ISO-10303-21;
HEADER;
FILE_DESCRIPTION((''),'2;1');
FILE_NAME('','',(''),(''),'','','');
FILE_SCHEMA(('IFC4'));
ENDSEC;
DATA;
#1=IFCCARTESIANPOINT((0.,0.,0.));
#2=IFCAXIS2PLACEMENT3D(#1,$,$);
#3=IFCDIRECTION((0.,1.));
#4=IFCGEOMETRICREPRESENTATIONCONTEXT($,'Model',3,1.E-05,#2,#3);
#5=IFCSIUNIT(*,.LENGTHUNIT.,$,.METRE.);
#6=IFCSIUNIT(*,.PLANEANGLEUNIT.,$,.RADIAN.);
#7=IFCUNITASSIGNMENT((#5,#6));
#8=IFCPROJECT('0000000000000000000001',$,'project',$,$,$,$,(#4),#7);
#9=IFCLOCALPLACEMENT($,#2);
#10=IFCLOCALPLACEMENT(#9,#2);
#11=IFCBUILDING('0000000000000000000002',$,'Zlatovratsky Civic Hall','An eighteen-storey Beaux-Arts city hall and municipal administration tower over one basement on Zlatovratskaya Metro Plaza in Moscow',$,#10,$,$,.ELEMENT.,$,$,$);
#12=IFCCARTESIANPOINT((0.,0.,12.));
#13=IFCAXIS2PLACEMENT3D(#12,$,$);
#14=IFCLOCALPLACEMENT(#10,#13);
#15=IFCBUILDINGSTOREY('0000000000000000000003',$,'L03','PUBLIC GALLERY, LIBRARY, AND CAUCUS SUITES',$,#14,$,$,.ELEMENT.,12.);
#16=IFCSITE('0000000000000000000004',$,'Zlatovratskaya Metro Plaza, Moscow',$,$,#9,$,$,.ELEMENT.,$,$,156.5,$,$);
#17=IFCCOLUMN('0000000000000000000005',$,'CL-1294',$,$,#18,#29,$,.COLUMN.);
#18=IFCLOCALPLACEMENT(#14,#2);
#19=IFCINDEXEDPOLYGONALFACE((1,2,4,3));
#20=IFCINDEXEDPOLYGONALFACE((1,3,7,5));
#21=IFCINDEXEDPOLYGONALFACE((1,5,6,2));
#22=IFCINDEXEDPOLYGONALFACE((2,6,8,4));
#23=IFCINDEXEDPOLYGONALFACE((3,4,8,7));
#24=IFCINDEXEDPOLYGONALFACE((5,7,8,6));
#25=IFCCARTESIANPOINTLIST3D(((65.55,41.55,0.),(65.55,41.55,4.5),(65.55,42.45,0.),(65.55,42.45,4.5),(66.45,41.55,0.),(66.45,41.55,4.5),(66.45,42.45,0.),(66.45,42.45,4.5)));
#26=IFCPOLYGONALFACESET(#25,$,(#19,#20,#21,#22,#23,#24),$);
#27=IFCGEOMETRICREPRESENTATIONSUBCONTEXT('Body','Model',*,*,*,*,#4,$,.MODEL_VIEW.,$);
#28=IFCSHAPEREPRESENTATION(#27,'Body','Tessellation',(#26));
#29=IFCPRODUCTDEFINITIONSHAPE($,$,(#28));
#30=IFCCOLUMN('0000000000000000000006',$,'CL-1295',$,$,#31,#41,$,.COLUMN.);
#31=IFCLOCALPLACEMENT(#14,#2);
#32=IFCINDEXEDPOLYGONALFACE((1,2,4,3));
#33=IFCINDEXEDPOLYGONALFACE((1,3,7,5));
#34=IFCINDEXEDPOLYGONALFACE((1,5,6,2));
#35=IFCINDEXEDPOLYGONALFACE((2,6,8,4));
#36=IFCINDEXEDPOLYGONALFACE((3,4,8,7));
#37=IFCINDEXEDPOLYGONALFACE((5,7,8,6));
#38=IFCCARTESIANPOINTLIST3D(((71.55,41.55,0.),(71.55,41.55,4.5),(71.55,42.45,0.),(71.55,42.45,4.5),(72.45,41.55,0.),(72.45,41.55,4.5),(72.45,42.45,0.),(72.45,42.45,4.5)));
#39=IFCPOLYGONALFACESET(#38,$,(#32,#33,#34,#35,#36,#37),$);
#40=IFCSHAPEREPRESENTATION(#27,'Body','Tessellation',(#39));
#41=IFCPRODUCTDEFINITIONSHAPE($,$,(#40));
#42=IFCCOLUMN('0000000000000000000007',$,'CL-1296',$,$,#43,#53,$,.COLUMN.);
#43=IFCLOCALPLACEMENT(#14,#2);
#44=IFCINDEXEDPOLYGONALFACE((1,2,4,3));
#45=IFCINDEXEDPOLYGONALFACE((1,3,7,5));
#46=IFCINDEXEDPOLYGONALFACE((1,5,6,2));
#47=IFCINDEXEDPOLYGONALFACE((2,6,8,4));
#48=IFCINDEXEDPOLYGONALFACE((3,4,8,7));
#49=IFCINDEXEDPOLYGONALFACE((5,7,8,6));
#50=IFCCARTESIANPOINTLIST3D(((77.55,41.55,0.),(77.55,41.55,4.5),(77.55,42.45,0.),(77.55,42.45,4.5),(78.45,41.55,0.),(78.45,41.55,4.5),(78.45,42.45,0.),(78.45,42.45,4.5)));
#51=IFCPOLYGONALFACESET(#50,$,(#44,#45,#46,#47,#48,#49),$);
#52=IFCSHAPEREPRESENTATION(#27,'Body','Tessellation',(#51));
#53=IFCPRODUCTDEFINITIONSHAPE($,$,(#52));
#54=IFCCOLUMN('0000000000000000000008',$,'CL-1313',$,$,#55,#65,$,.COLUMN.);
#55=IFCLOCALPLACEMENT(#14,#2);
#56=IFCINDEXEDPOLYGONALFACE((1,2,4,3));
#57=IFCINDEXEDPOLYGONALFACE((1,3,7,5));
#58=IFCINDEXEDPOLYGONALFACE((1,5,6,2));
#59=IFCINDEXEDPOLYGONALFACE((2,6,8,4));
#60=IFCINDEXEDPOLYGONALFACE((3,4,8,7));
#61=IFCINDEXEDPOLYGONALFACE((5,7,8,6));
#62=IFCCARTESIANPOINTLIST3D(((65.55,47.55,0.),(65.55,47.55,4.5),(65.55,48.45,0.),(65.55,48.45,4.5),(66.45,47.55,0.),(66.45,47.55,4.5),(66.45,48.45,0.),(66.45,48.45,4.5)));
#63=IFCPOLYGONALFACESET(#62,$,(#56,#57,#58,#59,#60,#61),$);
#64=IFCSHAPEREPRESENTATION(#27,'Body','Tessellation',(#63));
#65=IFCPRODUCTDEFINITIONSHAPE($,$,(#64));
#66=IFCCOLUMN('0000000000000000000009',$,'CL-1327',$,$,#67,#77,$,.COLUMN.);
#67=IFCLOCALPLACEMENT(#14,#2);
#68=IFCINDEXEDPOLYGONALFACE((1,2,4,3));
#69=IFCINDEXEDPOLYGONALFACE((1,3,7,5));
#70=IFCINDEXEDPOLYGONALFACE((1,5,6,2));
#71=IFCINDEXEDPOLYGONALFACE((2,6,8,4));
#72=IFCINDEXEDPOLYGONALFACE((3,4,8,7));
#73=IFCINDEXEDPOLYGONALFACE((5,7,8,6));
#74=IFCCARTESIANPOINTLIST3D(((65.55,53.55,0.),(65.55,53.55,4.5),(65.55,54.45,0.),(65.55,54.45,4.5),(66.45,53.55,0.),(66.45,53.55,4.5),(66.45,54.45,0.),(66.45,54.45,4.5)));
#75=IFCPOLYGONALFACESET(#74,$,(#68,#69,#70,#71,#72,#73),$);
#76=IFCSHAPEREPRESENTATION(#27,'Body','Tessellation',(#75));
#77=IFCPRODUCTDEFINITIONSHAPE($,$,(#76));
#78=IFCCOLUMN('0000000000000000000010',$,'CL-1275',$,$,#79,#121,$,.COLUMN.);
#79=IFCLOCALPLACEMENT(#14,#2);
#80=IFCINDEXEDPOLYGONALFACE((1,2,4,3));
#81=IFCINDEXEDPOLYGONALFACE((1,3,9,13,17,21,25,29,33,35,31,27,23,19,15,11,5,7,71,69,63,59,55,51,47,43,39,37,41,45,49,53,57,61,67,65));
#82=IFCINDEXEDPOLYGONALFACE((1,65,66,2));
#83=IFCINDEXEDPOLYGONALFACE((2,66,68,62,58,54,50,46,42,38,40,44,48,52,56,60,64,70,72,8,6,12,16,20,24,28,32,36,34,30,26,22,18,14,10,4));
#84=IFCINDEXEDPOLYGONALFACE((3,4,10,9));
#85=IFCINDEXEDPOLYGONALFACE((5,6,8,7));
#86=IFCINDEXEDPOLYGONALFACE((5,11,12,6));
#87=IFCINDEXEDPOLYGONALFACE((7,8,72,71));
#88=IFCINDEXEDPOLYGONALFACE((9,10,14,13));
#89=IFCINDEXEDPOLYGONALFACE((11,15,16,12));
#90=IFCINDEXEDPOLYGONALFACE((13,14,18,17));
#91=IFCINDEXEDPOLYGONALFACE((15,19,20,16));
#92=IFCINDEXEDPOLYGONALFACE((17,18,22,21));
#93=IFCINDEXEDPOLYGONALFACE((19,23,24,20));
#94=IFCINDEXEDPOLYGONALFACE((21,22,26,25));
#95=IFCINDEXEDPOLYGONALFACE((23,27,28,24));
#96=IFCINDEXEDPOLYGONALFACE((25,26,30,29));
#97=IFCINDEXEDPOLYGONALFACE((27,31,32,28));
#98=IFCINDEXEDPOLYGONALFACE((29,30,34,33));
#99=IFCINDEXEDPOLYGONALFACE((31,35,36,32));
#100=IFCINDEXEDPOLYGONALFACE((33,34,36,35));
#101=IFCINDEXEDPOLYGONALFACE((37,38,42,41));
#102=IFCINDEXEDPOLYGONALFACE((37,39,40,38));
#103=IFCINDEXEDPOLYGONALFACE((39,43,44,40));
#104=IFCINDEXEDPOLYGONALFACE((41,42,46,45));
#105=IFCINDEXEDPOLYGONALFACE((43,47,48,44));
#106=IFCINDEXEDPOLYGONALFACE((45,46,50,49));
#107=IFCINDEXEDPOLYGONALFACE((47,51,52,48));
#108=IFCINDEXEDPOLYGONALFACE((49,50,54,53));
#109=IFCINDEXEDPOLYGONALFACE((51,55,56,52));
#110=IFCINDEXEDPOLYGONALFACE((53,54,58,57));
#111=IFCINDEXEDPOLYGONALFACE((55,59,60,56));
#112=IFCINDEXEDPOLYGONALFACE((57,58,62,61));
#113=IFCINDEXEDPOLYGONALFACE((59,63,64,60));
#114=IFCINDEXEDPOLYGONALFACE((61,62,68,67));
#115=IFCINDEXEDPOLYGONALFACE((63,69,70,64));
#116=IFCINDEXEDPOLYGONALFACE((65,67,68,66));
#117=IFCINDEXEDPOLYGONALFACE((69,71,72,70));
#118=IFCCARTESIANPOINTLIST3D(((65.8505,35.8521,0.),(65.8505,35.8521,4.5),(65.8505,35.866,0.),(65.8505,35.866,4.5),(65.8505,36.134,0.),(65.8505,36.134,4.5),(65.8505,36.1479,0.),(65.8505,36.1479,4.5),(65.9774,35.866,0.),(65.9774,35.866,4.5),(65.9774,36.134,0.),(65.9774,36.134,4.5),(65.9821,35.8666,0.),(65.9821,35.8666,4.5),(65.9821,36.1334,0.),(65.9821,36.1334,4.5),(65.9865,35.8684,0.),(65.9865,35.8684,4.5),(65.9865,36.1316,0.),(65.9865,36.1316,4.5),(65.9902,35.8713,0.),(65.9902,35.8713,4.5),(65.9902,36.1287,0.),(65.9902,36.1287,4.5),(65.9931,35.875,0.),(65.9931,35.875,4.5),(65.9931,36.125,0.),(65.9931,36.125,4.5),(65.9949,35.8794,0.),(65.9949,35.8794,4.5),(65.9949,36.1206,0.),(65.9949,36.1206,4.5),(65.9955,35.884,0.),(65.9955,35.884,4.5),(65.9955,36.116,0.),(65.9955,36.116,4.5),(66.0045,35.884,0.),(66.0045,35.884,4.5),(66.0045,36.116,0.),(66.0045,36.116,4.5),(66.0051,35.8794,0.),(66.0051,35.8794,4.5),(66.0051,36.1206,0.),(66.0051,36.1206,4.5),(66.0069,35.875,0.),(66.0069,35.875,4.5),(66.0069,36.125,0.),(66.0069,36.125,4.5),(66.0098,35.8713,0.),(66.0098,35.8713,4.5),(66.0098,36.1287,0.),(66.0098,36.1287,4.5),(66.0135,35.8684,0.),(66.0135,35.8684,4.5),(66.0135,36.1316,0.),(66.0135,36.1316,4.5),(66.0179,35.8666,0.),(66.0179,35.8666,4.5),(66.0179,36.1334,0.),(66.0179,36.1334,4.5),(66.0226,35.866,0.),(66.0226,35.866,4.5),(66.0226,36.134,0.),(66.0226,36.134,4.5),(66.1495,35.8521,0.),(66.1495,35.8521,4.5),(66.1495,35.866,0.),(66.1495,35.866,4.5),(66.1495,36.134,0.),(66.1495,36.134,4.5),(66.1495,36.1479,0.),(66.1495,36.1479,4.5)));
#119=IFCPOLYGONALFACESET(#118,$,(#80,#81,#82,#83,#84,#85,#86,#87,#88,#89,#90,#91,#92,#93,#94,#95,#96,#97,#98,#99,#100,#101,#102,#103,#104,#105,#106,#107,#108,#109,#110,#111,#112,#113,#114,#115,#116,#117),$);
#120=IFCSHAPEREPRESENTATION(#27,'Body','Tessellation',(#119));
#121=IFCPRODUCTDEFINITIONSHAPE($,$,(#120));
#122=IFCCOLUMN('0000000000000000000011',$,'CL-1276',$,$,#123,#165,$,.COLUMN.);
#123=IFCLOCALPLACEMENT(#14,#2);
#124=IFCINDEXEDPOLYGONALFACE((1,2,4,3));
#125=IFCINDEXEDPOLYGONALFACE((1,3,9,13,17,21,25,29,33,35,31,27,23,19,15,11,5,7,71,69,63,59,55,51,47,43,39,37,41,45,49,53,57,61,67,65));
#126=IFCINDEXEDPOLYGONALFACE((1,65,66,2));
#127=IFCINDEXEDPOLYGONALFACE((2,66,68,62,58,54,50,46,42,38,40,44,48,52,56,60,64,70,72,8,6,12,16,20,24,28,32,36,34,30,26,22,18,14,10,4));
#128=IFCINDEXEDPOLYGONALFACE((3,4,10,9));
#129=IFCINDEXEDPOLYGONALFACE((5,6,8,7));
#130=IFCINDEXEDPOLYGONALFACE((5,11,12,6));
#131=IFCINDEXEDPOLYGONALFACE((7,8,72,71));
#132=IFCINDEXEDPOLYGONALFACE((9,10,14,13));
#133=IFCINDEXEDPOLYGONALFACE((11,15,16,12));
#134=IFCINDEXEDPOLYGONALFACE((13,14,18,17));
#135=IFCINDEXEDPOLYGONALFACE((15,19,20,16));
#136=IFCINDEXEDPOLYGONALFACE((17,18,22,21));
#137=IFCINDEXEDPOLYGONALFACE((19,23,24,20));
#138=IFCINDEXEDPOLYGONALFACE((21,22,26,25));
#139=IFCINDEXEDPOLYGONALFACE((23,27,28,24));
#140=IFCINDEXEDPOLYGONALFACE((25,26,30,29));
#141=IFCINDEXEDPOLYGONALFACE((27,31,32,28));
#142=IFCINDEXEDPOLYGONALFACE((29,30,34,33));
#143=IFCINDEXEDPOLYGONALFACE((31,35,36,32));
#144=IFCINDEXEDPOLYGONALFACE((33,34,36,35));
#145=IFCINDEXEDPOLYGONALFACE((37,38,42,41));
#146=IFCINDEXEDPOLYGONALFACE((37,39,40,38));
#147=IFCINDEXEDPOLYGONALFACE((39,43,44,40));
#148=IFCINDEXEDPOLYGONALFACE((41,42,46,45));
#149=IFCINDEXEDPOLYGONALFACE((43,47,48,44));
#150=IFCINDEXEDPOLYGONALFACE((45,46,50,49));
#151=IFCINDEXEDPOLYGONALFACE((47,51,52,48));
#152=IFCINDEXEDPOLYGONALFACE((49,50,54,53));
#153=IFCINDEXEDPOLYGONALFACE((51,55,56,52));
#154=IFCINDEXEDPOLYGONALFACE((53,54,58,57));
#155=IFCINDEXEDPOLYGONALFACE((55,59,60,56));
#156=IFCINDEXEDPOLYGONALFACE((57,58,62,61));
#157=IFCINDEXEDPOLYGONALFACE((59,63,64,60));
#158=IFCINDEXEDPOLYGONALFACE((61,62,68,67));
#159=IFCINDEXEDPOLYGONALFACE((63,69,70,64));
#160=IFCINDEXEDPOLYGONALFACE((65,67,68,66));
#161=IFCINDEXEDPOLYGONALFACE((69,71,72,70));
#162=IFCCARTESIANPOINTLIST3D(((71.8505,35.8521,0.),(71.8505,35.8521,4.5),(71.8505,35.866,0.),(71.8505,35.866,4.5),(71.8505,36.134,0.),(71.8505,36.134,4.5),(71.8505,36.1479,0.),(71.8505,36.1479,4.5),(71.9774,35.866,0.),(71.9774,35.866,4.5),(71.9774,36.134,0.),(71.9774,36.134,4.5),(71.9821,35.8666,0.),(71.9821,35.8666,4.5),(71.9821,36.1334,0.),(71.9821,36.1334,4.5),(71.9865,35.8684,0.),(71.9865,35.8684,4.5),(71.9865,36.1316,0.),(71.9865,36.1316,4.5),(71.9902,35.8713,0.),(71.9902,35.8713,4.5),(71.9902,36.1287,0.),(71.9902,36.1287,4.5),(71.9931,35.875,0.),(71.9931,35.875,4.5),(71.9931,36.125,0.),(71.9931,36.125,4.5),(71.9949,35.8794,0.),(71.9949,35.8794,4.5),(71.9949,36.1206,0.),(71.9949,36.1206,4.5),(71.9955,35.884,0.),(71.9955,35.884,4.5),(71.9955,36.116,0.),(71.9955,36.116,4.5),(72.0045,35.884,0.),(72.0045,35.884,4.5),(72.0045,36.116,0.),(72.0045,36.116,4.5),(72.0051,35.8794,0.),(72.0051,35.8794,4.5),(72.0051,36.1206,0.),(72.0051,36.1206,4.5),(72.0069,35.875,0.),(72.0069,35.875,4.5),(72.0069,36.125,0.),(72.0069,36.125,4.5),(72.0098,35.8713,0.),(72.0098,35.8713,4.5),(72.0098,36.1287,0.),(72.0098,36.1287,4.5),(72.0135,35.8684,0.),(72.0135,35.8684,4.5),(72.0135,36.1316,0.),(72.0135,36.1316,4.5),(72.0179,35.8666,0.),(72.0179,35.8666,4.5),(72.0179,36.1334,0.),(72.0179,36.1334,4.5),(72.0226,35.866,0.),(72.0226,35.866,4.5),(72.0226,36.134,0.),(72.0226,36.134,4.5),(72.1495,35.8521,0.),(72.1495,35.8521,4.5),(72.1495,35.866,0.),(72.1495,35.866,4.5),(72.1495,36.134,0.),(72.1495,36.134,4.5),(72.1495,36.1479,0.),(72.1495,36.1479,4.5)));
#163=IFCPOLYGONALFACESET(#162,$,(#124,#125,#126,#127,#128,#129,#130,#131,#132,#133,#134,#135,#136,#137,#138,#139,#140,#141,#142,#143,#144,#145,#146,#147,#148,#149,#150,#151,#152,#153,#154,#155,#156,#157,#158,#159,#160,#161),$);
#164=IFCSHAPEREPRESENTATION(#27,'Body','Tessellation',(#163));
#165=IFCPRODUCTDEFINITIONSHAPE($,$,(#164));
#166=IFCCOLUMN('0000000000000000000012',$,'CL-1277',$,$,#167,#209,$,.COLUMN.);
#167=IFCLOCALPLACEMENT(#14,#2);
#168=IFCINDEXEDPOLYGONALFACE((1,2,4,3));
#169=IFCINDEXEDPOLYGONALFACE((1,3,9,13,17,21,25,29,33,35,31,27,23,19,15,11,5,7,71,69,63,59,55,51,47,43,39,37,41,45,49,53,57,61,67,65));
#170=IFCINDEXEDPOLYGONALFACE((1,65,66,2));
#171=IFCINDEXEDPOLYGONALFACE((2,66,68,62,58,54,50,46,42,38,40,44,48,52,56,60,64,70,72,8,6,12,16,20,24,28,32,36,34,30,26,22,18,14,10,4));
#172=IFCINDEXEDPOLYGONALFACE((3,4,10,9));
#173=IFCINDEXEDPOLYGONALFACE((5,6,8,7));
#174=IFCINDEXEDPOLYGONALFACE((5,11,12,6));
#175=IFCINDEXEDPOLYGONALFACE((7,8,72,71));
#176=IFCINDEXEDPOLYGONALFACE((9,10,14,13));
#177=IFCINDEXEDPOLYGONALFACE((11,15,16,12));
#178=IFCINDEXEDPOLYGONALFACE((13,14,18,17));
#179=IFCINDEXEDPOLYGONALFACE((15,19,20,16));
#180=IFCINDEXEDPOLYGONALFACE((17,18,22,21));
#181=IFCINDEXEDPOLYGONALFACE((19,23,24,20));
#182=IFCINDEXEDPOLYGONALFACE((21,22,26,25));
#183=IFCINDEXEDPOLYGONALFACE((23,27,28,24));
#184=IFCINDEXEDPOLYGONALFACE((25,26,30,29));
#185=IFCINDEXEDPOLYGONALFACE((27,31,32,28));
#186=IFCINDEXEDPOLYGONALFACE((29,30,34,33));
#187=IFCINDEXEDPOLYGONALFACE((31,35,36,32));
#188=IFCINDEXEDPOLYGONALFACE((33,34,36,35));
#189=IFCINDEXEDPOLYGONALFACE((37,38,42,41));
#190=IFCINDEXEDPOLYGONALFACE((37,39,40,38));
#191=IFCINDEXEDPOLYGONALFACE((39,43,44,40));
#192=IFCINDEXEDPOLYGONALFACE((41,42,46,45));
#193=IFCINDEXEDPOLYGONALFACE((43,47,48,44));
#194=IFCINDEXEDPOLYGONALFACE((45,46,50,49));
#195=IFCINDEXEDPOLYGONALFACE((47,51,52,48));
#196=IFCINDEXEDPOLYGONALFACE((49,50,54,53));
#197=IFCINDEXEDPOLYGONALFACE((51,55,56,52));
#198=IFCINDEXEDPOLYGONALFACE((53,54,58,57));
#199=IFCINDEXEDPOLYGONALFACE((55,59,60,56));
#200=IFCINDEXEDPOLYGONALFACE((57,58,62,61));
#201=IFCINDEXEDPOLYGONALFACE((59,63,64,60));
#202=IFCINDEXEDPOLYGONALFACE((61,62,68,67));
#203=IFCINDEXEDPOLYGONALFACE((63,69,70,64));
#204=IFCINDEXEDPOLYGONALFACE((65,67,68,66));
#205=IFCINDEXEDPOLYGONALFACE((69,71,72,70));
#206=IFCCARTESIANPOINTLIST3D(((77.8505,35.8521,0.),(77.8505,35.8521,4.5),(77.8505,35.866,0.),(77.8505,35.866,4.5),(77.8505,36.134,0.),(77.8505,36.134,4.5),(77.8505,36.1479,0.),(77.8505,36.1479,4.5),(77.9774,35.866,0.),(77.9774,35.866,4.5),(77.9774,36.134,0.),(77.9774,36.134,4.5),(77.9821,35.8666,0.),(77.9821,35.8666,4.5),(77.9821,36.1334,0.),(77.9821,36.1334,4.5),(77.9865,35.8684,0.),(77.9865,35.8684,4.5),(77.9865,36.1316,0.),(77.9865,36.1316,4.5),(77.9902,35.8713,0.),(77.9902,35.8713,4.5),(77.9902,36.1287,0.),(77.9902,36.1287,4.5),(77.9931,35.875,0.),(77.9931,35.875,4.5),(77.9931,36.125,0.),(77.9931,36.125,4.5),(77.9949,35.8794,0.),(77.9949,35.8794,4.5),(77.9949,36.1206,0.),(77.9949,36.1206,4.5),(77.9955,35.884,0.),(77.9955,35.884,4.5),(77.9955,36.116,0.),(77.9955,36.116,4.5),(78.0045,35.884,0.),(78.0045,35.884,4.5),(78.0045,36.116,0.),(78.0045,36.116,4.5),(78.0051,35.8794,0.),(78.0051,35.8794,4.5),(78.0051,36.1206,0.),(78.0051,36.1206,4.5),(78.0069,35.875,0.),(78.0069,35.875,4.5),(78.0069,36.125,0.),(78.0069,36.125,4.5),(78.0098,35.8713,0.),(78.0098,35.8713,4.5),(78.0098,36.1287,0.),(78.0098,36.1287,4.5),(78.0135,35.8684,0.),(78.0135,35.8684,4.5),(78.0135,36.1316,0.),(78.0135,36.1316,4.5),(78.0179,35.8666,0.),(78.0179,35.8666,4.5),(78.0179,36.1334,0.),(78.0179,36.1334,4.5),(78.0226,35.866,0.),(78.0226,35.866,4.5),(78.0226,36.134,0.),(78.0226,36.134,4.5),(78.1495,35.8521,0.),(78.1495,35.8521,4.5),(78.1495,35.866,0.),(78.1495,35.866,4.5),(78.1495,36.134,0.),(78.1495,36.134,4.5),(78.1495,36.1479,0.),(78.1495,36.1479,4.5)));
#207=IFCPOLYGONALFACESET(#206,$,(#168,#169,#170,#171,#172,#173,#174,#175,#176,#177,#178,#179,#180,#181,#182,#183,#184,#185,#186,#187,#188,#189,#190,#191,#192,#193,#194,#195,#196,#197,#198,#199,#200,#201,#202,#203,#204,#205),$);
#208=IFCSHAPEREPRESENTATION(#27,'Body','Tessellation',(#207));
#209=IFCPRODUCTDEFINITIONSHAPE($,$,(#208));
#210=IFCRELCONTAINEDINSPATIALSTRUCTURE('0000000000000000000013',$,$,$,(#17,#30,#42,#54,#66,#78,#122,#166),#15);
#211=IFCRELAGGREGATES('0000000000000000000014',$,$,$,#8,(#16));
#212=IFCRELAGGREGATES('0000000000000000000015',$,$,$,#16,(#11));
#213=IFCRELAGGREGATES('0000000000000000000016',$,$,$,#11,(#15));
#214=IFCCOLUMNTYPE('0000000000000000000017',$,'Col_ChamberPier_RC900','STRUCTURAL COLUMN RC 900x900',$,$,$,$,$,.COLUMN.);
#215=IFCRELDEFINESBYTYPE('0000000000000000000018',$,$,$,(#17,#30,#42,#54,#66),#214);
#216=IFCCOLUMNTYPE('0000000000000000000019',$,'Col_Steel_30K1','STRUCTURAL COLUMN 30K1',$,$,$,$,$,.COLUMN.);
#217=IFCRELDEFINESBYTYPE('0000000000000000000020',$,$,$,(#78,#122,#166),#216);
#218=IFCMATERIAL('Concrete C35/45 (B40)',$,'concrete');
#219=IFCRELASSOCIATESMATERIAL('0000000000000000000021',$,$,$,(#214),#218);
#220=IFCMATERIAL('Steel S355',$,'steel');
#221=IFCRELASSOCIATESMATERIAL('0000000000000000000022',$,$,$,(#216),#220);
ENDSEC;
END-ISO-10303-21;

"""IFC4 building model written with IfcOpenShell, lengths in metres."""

from ifc_helpers import new_model, si_unit, direction, frame, origin, origin_2d, place, context, subcontext, project, spatial, rectangle, i_section, extrude, material, material_profile, profile_set, type_object, element, save


model = new_model("IFC4")

# Units and contexts
model_context = context("Model", 3, precision=1e-05, world=origin(), true_north=direction((0.0, 1.0)))
body_context = subcontext(model_context, "Body", "Model", "MODEL_VIEW")
ifc_project = project(units=[si_unit("LENGTHUNIT", "METRE"), si_unit("PLANEANGLEUNIT", "RADIAN")], contexts=[model_context])

# Site, building, storey
site_placement = place(None, origin())
site = spatial("IfcSite", under=ifc_project, at=site_placement, Name="Zlatovratskaya Metro Plaza, Moscow", CompositionType="ELEMENT", RefElevation=156.5)
building_placement = place(site_placement, origin())
building = spatial("IfcBuilding", under=site, at=building_placement, Name="Zlatovratsky Civic Hall", Description="An eighteen-storey Beaux-Arts city hall and municipal administration tower over one basement on Zlatovratskaya Metro Plaza in Moscow", CompositionType="ELEMENT")
storey_placement = place(building_placement, frame((0.0, 0.0, 12.0)))
storey = spatial("IfcBuildingStorey", under=building, at=storey_placement, Name="L03", Description="PUBLIC GALLERY, LIBRARY, AND CAUCUS SUITES", CompositionType="ELEMENT", Elevation=12.0)

# Columns
ifc_material_1 = material(Name="Concrete C35/45 (B40)", Category="concrete")
ifc_material_profile_1 = material_profile(ifc_material_1, rectangle(XDim=0.8999, YDim=0.8999, at=origin_2d()), Name="RC 900x900")
ifc_profile_set_1 = profile_set([ifc_material_profile_1], Name="Concrete C35/45 (B40)")
column_type_1 = type_object("IfcColumnType", Name="Col_ChamberPier_RC900", Description="STRUCTURAL COLUMN RC 900x900", PredefinedType="COLUMN", material=ifc_profile_set_1)
for number, where, z_axis, x_axis, name in (
    (1, (66.0, 42.0, 0.0), (0.0, 0.0, 1.0), (1.0, 0.0, 0.0), "CL-1294"),
    (2, (72.0, 42.0, 0.0), (0.0, 0.0, 1.0), (1.0, 0.0, 0.0), "CL-1295"),
    (3, (78.0, 42.0, 0.0), (0.0, 0.0, 1.0), (1.0, 0.0, 0.0), "CL-1296"),
    (4, (66.0, 48.0, 0.0), (0.0, 0.0, 1.0), (1.0, 0.0, 0.0), "CL-1313"),
    (5, (66.0, 54.0, 0.0), (0.0, 0.0, 1.0), (1.0, 0.0, 0.0), "CL-1327"),
):
    element("IfcColumn", number, at=place(storey_placement, frame(where, z_axis=z_axis, x_axis=x_axis)), inside=storey, type_object=column_type_1, Name=name, PredefinedType="COLUMN", context=body_context, shape_type="SweptSolid", body=[
        extrude(rectangle(XDim=0.8999, YDim=0.8999, at=origin_2d()), origin(), (0.0, 0.0, 1.0), 4.5),
    ])
ifc_material_2 = material(Name="Steel S355", Category="steel")
ifc_material_profile_2 = material_profile(ifc_material_2, i_section(OverallWidth=0.2991, OverallDepth=0.2959, WebThickness=0.009, FlangeThickness=0.0139, FilletRadius=0.0181, at=origin_2d()), Name="30K1")
ifc_profile_set_2 = profile_set([ifc_material_profile_2], Name="Steel S355")
column_type_2 = type_object("IfcColumnType", Name="Col_Steel_30K1", Description="STRUCTURAL COLUMN 30K1", PredefinedType="COLUMN", material=ifc_profile_set_2)
for number, where, z_axis, x_axis, name in (
    (6, (66.0, 36.0, 0.0), (0.0, 0.0, 1.0), (1.0, 0.0, 0.0), "CL-1275"),
    (7, (72.0, 36.0, 0.0), (0.0, 0.0, 1.0), (1.0, 0.0, 0.0), "CL-1276"),
    (8, (78.0, 36.0, 0.0), (0.0, 0.0, 1.0), (1.0, 0.0, 0.0), "CL-1277"),
):
    element("IfcColumn", number, at=place(storey_placement, frame(where, z_axis=z_axis, x_axis=x_axis)), inside=storey, type_object=column_type_2, Name=name, PredefinedType="COLUMN", context=body_context, shape_type="SweptSolid", body=[
        extrude(i_section(OverallWidth=0.2991, OverallDepth=0.2959, WebThickness=0.009, FlangeThickness=0.0139, FilletRadius=0.0181, at=origin_2d()), origin(), (0.0, 0.0, 1.0), 4.5),
    ])

save(model, "model.ifc")
